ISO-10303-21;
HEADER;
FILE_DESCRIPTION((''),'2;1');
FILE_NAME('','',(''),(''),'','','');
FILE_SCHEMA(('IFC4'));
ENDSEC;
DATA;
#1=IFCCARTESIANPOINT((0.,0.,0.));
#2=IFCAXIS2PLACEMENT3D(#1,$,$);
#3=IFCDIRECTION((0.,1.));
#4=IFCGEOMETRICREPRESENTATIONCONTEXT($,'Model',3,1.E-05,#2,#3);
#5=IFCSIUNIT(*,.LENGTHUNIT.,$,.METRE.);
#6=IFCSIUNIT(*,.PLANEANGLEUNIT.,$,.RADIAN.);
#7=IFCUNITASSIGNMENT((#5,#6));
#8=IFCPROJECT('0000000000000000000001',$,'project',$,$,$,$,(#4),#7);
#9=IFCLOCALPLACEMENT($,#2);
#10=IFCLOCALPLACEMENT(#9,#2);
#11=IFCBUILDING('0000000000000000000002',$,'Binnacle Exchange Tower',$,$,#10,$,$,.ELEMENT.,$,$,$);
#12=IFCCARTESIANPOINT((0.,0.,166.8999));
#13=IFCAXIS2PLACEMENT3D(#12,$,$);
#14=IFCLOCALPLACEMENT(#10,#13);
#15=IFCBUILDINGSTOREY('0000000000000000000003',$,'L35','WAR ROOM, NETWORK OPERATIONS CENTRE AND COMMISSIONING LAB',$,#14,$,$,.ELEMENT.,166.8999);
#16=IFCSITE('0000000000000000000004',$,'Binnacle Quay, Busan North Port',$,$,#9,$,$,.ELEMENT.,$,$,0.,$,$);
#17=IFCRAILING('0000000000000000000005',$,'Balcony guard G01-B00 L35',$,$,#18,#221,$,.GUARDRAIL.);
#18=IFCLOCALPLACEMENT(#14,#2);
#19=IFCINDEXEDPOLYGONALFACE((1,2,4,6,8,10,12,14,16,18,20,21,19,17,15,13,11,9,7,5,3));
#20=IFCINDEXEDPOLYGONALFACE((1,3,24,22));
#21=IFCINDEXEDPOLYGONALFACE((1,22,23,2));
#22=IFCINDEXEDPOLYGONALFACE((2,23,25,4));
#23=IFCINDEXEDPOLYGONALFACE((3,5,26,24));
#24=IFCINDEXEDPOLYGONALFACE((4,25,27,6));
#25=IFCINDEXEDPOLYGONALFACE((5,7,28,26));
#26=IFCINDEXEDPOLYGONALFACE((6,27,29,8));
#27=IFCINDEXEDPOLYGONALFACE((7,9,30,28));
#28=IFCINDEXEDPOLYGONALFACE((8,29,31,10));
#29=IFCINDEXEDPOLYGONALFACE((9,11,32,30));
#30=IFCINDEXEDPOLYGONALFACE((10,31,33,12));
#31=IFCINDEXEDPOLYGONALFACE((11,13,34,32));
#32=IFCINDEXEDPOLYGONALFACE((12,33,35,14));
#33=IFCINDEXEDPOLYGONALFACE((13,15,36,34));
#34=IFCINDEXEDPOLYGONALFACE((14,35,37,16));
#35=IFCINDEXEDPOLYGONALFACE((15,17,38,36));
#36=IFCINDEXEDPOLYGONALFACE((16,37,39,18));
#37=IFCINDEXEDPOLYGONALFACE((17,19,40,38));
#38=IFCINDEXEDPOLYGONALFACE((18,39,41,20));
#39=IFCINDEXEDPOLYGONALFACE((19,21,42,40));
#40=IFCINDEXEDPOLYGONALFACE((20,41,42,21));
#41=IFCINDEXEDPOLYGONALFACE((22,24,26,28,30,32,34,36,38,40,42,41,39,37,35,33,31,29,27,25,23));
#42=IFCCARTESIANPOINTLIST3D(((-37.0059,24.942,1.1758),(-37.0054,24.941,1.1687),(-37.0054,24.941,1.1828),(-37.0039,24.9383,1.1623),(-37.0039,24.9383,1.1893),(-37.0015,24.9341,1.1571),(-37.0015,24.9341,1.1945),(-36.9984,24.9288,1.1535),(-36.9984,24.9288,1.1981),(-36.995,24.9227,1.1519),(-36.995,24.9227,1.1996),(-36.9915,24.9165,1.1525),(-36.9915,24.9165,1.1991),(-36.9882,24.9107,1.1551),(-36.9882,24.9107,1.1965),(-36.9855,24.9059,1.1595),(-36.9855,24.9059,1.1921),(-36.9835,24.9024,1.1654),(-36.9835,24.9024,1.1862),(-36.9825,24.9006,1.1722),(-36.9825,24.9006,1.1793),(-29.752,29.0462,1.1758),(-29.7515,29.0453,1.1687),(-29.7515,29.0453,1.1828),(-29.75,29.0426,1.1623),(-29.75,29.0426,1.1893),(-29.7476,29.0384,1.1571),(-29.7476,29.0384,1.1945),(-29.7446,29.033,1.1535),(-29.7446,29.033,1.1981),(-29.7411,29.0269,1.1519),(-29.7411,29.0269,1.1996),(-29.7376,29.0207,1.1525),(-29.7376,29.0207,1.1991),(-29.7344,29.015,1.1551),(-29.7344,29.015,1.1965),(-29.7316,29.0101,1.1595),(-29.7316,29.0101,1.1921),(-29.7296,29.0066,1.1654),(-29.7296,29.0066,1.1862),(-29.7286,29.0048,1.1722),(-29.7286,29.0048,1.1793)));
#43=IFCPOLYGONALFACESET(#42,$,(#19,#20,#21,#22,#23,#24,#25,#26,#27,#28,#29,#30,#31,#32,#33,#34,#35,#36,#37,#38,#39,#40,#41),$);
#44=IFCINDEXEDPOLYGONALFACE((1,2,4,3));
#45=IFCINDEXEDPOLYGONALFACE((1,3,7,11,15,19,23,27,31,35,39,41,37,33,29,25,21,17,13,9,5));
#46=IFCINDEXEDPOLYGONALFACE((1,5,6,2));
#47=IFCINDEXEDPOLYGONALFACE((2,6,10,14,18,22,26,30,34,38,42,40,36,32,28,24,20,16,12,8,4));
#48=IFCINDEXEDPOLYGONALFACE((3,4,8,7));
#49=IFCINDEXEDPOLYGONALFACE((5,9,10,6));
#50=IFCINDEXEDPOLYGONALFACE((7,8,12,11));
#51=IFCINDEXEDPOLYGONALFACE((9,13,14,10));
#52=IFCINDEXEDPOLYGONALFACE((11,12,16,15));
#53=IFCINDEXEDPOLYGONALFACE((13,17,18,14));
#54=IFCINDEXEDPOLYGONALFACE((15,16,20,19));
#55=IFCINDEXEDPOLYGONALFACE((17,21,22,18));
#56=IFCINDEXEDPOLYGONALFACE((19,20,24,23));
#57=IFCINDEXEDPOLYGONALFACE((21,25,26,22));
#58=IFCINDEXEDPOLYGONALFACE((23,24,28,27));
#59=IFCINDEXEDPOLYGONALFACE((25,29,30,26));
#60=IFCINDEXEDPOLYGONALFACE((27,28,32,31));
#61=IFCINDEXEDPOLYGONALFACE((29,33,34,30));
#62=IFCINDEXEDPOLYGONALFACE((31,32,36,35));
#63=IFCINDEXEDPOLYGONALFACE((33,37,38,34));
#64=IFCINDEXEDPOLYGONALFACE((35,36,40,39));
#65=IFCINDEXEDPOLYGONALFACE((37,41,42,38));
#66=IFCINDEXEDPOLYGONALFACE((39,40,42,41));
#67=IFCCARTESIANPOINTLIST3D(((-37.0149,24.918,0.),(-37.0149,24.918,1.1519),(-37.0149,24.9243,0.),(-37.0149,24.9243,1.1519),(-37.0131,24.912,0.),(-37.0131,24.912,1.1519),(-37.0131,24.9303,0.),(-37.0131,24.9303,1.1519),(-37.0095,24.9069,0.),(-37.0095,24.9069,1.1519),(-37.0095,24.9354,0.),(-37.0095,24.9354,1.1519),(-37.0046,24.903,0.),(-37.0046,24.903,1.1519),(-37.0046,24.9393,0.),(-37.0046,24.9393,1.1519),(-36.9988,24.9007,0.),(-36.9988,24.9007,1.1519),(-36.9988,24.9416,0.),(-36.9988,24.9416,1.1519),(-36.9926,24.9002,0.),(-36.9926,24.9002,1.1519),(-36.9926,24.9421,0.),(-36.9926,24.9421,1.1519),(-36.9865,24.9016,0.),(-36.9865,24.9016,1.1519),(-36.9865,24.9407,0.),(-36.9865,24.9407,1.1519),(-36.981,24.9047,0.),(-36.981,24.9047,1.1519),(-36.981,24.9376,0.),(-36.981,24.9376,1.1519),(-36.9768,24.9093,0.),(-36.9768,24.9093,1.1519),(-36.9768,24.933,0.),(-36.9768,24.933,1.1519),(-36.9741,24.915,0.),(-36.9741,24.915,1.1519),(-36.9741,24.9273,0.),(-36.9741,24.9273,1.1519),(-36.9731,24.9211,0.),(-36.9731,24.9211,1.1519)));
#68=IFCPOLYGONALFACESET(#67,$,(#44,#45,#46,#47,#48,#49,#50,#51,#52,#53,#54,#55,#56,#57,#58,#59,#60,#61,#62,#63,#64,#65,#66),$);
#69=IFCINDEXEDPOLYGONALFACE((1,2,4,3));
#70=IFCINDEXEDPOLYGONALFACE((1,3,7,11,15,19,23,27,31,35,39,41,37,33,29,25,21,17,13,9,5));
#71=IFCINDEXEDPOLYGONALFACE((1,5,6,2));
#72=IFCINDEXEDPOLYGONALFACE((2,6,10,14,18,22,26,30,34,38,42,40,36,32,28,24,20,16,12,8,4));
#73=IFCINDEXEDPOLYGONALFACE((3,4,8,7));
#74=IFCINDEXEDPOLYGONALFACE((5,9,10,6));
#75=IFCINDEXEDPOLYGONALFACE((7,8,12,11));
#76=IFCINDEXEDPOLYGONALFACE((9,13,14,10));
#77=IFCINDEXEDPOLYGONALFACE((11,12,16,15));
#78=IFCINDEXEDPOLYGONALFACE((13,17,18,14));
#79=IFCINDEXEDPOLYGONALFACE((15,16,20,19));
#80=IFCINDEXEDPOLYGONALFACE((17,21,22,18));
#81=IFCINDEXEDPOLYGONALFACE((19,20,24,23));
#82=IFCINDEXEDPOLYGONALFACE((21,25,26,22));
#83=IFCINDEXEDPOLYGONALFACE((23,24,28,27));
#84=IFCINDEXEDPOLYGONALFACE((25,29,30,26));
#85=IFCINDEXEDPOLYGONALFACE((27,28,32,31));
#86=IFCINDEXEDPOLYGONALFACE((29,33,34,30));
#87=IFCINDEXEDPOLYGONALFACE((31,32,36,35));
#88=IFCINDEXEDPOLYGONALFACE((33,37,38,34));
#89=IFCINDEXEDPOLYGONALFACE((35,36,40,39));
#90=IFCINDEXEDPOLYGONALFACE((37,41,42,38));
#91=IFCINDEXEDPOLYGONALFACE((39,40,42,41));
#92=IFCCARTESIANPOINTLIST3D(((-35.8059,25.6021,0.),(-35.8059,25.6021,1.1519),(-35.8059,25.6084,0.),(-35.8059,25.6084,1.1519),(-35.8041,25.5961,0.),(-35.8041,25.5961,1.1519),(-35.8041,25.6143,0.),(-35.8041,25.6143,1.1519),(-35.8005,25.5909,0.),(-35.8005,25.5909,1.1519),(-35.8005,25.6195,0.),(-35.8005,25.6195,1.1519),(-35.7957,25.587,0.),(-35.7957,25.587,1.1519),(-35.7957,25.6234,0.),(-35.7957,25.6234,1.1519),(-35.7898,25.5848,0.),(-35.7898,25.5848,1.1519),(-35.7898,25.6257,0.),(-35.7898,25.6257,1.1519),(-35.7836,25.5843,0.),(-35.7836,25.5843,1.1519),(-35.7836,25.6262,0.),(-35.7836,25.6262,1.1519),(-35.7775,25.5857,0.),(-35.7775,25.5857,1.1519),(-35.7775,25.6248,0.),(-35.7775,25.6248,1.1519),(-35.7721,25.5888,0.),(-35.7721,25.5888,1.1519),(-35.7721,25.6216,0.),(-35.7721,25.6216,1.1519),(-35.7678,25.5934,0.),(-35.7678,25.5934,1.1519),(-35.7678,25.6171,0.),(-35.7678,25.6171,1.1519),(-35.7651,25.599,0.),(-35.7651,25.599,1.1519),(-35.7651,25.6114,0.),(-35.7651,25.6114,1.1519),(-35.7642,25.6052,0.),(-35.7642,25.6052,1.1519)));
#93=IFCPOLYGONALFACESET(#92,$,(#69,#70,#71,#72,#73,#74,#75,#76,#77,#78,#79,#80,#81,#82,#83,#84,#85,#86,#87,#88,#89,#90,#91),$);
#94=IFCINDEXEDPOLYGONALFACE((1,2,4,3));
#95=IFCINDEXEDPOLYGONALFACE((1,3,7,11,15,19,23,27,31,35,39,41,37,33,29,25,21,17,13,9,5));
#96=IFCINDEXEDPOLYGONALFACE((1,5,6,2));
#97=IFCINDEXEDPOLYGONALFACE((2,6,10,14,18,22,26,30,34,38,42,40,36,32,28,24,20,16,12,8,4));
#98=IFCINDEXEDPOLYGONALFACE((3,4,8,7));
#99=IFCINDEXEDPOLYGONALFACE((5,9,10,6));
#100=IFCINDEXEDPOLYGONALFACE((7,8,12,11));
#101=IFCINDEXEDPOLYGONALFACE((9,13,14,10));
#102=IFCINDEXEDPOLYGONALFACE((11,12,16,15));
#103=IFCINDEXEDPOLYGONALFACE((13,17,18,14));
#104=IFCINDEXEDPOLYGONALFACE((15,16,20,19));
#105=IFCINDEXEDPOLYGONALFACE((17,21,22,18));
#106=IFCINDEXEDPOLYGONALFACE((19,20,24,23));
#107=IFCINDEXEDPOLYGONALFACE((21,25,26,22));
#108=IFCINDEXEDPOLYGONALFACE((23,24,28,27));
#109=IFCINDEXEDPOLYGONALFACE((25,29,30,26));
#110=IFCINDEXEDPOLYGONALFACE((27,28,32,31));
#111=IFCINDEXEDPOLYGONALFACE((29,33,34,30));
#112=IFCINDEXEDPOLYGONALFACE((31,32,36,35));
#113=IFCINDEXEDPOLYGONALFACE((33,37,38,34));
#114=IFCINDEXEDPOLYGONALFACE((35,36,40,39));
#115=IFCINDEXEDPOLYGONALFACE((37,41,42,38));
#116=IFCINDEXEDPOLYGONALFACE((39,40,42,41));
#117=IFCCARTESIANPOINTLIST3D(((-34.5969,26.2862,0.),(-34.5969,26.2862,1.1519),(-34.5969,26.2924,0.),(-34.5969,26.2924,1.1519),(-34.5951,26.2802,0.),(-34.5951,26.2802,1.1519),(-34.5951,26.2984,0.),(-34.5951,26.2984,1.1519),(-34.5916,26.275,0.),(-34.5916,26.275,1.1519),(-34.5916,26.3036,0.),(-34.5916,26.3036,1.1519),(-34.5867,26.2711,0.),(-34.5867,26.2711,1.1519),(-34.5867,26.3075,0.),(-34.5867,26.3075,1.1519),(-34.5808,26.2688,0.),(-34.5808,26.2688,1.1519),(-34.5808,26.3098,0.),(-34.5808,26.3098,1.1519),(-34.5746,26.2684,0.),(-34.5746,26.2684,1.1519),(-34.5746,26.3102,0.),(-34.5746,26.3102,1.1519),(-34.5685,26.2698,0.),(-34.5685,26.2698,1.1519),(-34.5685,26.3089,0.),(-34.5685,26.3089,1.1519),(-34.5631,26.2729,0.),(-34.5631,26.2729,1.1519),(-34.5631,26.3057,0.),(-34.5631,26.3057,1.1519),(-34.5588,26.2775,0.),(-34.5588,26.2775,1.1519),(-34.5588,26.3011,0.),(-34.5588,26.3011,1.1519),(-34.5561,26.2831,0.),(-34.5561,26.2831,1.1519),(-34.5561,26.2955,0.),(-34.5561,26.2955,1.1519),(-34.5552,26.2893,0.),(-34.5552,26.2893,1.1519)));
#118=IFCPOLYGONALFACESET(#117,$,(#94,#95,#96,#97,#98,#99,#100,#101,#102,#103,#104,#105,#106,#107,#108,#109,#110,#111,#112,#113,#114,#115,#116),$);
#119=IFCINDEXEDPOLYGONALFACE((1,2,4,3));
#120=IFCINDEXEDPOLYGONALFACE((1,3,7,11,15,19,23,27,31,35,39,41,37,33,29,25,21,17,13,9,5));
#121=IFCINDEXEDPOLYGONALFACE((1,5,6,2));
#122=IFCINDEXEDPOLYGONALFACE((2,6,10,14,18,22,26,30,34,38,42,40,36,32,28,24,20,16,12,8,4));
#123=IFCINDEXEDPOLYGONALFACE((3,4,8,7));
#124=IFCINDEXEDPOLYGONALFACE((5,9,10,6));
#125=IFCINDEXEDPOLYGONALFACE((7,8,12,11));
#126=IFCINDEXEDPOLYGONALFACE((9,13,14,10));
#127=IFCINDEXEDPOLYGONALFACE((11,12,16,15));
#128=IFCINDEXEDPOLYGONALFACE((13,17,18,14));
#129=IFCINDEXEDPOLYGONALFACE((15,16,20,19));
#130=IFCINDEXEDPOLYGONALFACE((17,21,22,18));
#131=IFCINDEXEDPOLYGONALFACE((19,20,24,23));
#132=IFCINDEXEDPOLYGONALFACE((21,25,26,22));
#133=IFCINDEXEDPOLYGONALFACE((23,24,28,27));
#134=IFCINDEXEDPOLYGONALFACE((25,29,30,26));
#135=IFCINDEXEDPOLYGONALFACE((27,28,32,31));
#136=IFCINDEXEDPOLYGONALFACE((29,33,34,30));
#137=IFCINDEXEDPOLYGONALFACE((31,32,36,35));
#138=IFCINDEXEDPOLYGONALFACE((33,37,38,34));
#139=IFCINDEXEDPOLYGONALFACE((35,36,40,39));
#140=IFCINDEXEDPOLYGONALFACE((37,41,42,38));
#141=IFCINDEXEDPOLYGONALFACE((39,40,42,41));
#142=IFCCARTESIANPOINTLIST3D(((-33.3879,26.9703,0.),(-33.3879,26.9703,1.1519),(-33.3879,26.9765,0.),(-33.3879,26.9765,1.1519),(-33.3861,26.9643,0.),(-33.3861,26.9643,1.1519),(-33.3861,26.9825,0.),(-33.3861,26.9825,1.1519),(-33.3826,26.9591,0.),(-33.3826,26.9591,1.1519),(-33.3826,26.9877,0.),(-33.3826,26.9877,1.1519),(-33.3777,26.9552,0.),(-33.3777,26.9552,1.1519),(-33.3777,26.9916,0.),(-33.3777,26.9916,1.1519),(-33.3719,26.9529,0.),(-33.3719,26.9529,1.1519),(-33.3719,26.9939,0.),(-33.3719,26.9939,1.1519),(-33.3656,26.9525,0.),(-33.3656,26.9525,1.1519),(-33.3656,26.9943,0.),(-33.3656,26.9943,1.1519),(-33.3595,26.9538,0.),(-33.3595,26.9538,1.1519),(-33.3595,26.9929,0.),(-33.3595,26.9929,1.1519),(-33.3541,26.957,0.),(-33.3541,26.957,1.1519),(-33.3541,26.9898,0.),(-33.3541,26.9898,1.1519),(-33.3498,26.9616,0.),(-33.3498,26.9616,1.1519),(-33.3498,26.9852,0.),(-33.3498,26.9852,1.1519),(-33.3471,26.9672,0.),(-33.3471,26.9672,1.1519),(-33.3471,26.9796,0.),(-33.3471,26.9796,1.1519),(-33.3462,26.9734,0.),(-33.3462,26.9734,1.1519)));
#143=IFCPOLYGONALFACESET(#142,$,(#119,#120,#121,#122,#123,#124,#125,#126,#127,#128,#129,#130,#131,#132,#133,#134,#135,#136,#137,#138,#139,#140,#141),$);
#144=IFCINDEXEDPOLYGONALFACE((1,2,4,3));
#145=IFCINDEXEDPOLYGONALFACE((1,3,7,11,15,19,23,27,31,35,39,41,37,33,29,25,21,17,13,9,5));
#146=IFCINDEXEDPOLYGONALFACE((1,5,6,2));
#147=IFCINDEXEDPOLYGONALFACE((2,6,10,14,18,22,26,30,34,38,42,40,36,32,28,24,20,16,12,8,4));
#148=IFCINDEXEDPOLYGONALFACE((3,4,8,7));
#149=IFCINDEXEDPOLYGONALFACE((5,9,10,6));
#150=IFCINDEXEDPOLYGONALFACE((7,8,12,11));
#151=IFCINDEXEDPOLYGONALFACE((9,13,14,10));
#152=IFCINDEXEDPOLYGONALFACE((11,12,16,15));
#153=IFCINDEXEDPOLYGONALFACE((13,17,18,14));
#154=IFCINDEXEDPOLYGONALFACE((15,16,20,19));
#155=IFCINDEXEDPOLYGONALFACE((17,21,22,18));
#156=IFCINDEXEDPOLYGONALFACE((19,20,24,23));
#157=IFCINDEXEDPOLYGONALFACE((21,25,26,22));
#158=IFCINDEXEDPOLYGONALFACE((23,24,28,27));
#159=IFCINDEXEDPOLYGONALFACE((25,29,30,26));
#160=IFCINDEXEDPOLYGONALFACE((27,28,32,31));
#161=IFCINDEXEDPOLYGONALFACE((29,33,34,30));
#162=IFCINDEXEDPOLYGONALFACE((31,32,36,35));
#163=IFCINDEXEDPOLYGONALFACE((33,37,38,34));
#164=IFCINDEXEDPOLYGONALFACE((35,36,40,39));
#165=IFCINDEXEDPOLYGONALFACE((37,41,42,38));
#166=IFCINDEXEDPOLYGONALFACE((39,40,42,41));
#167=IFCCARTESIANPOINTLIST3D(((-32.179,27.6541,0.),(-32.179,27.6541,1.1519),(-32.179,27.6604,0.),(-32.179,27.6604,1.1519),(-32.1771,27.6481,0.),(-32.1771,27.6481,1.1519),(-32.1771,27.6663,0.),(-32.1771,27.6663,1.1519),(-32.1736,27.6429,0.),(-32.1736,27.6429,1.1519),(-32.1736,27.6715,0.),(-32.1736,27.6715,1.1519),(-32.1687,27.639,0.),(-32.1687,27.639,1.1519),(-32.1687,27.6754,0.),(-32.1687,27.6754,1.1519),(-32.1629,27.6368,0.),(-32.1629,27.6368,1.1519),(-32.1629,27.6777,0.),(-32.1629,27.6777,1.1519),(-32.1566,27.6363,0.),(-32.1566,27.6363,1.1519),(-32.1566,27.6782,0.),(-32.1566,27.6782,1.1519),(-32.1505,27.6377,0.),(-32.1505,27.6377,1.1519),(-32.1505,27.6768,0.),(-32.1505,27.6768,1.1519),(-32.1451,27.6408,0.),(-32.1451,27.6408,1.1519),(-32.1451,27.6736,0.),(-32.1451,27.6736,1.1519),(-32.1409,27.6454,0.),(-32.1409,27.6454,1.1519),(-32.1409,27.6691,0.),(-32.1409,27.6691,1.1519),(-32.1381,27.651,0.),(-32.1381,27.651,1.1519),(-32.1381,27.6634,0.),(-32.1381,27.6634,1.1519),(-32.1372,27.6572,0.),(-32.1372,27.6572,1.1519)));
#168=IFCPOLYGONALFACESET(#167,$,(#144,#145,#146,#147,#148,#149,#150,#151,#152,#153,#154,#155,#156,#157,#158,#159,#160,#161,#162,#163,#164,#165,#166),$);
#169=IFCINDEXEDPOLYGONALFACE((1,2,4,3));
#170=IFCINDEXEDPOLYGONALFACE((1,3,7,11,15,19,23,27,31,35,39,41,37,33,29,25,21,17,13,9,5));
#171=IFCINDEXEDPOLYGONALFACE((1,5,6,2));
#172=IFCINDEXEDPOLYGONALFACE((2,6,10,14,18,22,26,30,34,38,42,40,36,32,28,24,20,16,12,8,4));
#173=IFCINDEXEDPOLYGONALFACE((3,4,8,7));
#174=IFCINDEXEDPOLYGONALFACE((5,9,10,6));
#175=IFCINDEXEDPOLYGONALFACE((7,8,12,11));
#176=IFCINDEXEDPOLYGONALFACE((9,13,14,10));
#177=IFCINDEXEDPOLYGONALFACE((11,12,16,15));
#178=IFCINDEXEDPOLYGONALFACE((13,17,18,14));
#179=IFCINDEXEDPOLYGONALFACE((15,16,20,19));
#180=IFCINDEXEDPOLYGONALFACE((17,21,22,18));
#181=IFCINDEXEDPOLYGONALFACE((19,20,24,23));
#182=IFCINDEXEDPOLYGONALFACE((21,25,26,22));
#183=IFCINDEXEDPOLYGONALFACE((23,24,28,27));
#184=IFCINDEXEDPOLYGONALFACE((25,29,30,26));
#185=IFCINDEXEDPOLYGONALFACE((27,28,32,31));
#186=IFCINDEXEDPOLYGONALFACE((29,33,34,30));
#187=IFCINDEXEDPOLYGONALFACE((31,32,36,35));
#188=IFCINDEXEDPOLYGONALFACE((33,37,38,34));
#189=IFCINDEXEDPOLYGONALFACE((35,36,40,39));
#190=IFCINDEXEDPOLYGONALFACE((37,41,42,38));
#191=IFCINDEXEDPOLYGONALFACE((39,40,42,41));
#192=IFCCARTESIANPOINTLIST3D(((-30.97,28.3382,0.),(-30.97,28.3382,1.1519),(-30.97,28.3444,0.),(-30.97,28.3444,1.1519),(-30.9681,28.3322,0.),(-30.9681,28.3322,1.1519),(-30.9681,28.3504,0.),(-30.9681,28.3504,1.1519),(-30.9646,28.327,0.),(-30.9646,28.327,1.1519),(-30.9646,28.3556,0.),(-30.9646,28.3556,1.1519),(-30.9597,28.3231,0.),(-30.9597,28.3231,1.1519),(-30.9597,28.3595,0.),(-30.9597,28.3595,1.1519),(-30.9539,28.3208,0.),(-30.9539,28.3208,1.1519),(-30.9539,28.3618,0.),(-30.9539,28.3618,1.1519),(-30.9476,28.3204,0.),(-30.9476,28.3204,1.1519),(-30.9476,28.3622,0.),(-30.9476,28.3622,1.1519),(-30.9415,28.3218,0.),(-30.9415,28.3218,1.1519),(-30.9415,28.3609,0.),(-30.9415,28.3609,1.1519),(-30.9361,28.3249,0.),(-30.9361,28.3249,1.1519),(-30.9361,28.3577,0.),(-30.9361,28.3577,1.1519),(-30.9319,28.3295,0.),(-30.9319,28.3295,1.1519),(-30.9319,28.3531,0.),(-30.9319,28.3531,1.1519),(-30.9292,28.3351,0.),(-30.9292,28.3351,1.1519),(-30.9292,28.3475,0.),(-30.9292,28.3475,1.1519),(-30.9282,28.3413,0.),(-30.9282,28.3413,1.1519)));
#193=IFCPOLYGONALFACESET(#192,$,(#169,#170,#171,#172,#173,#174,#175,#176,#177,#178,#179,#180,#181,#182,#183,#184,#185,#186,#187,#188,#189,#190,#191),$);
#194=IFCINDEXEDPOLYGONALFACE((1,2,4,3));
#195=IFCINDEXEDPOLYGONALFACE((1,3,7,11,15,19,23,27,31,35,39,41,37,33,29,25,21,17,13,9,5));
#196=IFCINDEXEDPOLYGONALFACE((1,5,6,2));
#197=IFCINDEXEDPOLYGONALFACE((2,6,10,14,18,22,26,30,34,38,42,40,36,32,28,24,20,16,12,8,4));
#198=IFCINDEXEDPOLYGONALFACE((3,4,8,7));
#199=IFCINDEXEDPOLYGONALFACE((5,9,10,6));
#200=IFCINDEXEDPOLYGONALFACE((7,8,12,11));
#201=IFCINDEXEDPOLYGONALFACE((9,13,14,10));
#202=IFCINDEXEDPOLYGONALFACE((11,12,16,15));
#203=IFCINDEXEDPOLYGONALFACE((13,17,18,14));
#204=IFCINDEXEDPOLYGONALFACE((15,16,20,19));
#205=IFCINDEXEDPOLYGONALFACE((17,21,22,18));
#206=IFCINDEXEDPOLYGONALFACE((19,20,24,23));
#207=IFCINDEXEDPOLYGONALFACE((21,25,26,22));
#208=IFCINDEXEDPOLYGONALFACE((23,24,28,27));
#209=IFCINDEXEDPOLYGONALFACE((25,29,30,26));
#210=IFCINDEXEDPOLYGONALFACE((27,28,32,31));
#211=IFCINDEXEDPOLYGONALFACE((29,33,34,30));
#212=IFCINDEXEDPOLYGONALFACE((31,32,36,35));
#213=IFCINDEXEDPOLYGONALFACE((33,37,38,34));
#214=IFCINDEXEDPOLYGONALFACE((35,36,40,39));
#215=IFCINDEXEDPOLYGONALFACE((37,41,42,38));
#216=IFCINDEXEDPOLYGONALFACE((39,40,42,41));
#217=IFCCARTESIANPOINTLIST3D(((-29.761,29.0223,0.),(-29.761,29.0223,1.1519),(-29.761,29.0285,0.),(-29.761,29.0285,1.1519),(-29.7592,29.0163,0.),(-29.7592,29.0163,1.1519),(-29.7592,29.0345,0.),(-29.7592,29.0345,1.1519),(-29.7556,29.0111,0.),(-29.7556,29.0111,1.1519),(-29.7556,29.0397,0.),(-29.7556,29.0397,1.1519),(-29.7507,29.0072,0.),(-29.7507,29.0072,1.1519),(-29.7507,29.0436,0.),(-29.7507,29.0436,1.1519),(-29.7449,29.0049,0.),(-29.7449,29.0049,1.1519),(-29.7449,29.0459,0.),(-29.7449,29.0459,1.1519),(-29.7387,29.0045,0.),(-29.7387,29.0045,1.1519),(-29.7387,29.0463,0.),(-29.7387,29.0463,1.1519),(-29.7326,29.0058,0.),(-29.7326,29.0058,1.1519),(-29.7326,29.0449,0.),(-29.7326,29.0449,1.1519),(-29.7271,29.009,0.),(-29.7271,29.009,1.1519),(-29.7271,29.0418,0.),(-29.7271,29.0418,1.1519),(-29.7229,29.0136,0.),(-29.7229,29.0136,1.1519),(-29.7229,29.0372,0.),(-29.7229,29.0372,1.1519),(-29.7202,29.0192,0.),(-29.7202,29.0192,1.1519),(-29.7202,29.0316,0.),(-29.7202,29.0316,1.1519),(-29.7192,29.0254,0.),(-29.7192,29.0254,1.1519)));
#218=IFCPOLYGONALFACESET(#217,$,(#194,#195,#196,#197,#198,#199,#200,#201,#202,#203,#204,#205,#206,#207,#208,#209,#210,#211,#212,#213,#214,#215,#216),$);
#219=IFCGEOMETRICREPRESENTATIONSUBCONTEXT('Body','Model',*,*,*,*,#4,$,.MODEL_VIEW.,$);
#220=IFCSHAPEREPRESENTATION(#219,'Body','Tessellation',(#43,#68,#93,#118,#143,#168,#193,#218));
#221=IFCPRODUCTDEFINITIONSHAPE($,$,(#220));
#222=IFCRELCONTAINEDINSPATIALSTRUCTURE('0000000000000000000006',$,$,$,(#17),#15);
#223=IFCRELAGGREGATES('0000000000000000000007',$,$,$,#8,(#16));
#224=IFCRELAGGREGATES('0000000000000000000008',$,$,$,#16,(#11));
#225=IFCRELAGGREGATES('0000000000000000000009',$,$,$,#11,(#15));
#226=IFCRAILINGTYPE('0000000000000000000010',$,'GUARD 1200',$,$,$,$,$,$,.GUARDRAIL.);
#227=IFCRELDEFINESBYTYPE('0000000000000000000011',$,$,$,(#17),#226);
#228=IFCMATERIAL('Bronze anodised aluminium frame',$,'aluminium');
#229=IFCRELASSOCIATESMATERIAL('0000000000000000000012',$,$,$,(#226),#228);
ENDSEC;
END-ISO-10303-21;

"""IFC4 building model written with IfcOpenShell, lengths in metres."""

from ifc_helpers import new_model, si_unit, direction, frame, origin, origin_2d, place, context, subcontext, project, spatial, circle, extrude, material, type_object, element, save


model = new_model("IFC4")

# Units and contexts
model_context = context("Model", 3, precision=1e-05, world=origin(), true_north=direction((0.0, 1.0)))
body_context = subcontext(model_context, "Body", "Model", "MODEL_VIEW")
ifc_project = project(units=[si_unit("LENGTHUNIT", "METRE"), si_unit("PLANEANGLEUNIT", "RADIAN")], contexts=[model_context])

# Site, building, storey
site_placement = place(None, origin())
site = spatial("IfcSite", under=ifc_project, at=site_placement, Name="Binnacle Quay, Busan North Port", CompositionType="ELEMENT", RefElevation=0.0)
building_placement = place(site_placement, origin())
building = spatial("IfcBuilding", under=site, at=building_placement, Name="Binnacle Exchange Tower", CompositionType="ELEMENT")
storey_placement = place(building_placement, frame((0.0, 0.0, 166.8999)))
storey = spatial("IfcBuildingStorey", under=building, at=storey_placement, Name="L35", Description="WAR ROOM, NETWORK OPERATIONS CENTRE AND COMMISSIONING LAB", CompositionType="ELEMENT", Elevation=166.8999)

# Railing
ifc_material_1 = material(Name="Bronze anodised aluminium frame", Category="aluminium")
railing_type_1 = type_object("IfcRailingType", Name="GUARD 1200", PredefinedType="GUARDRAIL", material=ifc_material_1)
railing_1_placement = place(storey_placement, frame((-36.9941, 24.9211, 0.0)))
element("IfcRailing", 1, at=railing_1_placement, inside=storey, type_object=railing_type_1, Name="Balcony guard G01-B00 L35", PredefinedType="GUARDRAIL", context=body_context, shape_type="SweptSolid", body=[
    extrude(circle(Radius=0.0239, at=origin_2d()), frame((0.0, 0.0, 1.1758), z_axis=(0.870346, 0.49244, 0.0), x_axis=(-0.49244, 0.870346, 0.0)), (0.0, 0.0, 1.0), 8.3345),
    extrude(circle(Radius=0.021, at=origin_2d()), origin(), (0.0, 0.0, 1.0), 1.1519),
    extrude(circle(Radius=0.021, at=origin_2d()), frame((1.209, 0.6841, 0.0)), (0.0, 0.0, 1.0), 1.1519),
    extrude(circle(Radius=0.021, at=origin_2d()), frame((2.418, 1.3682, 0.0)), (0.0, 0.0, 1.0), 1.1519),
    extrude(circle(Radius=0.021, at=origin_2d()), frame((3.627, 2.0522, 0.0)), (0.0, 0.0, 1.0), 1.1519),
    extrude(circle(Radius=0.021, at=origin_2d()), frame((4.8359, 2.7361, 0.0)), (0.0, 0.0, 1.0), 1.1519),
    extrude(circle(Radius=0.021, at=origin_2d()), frame((6.0449, 3.4202, 0.0)), (0.0, 0.0, 1.0), 1.1519),
    extrude(circle(Radius=0.021, at=origin_2d()), frame((7.2539, 4.1042, 0.0)), (0.0, 0.0, 1.0), 1.1519),
])

save(model, "model.ifc")
